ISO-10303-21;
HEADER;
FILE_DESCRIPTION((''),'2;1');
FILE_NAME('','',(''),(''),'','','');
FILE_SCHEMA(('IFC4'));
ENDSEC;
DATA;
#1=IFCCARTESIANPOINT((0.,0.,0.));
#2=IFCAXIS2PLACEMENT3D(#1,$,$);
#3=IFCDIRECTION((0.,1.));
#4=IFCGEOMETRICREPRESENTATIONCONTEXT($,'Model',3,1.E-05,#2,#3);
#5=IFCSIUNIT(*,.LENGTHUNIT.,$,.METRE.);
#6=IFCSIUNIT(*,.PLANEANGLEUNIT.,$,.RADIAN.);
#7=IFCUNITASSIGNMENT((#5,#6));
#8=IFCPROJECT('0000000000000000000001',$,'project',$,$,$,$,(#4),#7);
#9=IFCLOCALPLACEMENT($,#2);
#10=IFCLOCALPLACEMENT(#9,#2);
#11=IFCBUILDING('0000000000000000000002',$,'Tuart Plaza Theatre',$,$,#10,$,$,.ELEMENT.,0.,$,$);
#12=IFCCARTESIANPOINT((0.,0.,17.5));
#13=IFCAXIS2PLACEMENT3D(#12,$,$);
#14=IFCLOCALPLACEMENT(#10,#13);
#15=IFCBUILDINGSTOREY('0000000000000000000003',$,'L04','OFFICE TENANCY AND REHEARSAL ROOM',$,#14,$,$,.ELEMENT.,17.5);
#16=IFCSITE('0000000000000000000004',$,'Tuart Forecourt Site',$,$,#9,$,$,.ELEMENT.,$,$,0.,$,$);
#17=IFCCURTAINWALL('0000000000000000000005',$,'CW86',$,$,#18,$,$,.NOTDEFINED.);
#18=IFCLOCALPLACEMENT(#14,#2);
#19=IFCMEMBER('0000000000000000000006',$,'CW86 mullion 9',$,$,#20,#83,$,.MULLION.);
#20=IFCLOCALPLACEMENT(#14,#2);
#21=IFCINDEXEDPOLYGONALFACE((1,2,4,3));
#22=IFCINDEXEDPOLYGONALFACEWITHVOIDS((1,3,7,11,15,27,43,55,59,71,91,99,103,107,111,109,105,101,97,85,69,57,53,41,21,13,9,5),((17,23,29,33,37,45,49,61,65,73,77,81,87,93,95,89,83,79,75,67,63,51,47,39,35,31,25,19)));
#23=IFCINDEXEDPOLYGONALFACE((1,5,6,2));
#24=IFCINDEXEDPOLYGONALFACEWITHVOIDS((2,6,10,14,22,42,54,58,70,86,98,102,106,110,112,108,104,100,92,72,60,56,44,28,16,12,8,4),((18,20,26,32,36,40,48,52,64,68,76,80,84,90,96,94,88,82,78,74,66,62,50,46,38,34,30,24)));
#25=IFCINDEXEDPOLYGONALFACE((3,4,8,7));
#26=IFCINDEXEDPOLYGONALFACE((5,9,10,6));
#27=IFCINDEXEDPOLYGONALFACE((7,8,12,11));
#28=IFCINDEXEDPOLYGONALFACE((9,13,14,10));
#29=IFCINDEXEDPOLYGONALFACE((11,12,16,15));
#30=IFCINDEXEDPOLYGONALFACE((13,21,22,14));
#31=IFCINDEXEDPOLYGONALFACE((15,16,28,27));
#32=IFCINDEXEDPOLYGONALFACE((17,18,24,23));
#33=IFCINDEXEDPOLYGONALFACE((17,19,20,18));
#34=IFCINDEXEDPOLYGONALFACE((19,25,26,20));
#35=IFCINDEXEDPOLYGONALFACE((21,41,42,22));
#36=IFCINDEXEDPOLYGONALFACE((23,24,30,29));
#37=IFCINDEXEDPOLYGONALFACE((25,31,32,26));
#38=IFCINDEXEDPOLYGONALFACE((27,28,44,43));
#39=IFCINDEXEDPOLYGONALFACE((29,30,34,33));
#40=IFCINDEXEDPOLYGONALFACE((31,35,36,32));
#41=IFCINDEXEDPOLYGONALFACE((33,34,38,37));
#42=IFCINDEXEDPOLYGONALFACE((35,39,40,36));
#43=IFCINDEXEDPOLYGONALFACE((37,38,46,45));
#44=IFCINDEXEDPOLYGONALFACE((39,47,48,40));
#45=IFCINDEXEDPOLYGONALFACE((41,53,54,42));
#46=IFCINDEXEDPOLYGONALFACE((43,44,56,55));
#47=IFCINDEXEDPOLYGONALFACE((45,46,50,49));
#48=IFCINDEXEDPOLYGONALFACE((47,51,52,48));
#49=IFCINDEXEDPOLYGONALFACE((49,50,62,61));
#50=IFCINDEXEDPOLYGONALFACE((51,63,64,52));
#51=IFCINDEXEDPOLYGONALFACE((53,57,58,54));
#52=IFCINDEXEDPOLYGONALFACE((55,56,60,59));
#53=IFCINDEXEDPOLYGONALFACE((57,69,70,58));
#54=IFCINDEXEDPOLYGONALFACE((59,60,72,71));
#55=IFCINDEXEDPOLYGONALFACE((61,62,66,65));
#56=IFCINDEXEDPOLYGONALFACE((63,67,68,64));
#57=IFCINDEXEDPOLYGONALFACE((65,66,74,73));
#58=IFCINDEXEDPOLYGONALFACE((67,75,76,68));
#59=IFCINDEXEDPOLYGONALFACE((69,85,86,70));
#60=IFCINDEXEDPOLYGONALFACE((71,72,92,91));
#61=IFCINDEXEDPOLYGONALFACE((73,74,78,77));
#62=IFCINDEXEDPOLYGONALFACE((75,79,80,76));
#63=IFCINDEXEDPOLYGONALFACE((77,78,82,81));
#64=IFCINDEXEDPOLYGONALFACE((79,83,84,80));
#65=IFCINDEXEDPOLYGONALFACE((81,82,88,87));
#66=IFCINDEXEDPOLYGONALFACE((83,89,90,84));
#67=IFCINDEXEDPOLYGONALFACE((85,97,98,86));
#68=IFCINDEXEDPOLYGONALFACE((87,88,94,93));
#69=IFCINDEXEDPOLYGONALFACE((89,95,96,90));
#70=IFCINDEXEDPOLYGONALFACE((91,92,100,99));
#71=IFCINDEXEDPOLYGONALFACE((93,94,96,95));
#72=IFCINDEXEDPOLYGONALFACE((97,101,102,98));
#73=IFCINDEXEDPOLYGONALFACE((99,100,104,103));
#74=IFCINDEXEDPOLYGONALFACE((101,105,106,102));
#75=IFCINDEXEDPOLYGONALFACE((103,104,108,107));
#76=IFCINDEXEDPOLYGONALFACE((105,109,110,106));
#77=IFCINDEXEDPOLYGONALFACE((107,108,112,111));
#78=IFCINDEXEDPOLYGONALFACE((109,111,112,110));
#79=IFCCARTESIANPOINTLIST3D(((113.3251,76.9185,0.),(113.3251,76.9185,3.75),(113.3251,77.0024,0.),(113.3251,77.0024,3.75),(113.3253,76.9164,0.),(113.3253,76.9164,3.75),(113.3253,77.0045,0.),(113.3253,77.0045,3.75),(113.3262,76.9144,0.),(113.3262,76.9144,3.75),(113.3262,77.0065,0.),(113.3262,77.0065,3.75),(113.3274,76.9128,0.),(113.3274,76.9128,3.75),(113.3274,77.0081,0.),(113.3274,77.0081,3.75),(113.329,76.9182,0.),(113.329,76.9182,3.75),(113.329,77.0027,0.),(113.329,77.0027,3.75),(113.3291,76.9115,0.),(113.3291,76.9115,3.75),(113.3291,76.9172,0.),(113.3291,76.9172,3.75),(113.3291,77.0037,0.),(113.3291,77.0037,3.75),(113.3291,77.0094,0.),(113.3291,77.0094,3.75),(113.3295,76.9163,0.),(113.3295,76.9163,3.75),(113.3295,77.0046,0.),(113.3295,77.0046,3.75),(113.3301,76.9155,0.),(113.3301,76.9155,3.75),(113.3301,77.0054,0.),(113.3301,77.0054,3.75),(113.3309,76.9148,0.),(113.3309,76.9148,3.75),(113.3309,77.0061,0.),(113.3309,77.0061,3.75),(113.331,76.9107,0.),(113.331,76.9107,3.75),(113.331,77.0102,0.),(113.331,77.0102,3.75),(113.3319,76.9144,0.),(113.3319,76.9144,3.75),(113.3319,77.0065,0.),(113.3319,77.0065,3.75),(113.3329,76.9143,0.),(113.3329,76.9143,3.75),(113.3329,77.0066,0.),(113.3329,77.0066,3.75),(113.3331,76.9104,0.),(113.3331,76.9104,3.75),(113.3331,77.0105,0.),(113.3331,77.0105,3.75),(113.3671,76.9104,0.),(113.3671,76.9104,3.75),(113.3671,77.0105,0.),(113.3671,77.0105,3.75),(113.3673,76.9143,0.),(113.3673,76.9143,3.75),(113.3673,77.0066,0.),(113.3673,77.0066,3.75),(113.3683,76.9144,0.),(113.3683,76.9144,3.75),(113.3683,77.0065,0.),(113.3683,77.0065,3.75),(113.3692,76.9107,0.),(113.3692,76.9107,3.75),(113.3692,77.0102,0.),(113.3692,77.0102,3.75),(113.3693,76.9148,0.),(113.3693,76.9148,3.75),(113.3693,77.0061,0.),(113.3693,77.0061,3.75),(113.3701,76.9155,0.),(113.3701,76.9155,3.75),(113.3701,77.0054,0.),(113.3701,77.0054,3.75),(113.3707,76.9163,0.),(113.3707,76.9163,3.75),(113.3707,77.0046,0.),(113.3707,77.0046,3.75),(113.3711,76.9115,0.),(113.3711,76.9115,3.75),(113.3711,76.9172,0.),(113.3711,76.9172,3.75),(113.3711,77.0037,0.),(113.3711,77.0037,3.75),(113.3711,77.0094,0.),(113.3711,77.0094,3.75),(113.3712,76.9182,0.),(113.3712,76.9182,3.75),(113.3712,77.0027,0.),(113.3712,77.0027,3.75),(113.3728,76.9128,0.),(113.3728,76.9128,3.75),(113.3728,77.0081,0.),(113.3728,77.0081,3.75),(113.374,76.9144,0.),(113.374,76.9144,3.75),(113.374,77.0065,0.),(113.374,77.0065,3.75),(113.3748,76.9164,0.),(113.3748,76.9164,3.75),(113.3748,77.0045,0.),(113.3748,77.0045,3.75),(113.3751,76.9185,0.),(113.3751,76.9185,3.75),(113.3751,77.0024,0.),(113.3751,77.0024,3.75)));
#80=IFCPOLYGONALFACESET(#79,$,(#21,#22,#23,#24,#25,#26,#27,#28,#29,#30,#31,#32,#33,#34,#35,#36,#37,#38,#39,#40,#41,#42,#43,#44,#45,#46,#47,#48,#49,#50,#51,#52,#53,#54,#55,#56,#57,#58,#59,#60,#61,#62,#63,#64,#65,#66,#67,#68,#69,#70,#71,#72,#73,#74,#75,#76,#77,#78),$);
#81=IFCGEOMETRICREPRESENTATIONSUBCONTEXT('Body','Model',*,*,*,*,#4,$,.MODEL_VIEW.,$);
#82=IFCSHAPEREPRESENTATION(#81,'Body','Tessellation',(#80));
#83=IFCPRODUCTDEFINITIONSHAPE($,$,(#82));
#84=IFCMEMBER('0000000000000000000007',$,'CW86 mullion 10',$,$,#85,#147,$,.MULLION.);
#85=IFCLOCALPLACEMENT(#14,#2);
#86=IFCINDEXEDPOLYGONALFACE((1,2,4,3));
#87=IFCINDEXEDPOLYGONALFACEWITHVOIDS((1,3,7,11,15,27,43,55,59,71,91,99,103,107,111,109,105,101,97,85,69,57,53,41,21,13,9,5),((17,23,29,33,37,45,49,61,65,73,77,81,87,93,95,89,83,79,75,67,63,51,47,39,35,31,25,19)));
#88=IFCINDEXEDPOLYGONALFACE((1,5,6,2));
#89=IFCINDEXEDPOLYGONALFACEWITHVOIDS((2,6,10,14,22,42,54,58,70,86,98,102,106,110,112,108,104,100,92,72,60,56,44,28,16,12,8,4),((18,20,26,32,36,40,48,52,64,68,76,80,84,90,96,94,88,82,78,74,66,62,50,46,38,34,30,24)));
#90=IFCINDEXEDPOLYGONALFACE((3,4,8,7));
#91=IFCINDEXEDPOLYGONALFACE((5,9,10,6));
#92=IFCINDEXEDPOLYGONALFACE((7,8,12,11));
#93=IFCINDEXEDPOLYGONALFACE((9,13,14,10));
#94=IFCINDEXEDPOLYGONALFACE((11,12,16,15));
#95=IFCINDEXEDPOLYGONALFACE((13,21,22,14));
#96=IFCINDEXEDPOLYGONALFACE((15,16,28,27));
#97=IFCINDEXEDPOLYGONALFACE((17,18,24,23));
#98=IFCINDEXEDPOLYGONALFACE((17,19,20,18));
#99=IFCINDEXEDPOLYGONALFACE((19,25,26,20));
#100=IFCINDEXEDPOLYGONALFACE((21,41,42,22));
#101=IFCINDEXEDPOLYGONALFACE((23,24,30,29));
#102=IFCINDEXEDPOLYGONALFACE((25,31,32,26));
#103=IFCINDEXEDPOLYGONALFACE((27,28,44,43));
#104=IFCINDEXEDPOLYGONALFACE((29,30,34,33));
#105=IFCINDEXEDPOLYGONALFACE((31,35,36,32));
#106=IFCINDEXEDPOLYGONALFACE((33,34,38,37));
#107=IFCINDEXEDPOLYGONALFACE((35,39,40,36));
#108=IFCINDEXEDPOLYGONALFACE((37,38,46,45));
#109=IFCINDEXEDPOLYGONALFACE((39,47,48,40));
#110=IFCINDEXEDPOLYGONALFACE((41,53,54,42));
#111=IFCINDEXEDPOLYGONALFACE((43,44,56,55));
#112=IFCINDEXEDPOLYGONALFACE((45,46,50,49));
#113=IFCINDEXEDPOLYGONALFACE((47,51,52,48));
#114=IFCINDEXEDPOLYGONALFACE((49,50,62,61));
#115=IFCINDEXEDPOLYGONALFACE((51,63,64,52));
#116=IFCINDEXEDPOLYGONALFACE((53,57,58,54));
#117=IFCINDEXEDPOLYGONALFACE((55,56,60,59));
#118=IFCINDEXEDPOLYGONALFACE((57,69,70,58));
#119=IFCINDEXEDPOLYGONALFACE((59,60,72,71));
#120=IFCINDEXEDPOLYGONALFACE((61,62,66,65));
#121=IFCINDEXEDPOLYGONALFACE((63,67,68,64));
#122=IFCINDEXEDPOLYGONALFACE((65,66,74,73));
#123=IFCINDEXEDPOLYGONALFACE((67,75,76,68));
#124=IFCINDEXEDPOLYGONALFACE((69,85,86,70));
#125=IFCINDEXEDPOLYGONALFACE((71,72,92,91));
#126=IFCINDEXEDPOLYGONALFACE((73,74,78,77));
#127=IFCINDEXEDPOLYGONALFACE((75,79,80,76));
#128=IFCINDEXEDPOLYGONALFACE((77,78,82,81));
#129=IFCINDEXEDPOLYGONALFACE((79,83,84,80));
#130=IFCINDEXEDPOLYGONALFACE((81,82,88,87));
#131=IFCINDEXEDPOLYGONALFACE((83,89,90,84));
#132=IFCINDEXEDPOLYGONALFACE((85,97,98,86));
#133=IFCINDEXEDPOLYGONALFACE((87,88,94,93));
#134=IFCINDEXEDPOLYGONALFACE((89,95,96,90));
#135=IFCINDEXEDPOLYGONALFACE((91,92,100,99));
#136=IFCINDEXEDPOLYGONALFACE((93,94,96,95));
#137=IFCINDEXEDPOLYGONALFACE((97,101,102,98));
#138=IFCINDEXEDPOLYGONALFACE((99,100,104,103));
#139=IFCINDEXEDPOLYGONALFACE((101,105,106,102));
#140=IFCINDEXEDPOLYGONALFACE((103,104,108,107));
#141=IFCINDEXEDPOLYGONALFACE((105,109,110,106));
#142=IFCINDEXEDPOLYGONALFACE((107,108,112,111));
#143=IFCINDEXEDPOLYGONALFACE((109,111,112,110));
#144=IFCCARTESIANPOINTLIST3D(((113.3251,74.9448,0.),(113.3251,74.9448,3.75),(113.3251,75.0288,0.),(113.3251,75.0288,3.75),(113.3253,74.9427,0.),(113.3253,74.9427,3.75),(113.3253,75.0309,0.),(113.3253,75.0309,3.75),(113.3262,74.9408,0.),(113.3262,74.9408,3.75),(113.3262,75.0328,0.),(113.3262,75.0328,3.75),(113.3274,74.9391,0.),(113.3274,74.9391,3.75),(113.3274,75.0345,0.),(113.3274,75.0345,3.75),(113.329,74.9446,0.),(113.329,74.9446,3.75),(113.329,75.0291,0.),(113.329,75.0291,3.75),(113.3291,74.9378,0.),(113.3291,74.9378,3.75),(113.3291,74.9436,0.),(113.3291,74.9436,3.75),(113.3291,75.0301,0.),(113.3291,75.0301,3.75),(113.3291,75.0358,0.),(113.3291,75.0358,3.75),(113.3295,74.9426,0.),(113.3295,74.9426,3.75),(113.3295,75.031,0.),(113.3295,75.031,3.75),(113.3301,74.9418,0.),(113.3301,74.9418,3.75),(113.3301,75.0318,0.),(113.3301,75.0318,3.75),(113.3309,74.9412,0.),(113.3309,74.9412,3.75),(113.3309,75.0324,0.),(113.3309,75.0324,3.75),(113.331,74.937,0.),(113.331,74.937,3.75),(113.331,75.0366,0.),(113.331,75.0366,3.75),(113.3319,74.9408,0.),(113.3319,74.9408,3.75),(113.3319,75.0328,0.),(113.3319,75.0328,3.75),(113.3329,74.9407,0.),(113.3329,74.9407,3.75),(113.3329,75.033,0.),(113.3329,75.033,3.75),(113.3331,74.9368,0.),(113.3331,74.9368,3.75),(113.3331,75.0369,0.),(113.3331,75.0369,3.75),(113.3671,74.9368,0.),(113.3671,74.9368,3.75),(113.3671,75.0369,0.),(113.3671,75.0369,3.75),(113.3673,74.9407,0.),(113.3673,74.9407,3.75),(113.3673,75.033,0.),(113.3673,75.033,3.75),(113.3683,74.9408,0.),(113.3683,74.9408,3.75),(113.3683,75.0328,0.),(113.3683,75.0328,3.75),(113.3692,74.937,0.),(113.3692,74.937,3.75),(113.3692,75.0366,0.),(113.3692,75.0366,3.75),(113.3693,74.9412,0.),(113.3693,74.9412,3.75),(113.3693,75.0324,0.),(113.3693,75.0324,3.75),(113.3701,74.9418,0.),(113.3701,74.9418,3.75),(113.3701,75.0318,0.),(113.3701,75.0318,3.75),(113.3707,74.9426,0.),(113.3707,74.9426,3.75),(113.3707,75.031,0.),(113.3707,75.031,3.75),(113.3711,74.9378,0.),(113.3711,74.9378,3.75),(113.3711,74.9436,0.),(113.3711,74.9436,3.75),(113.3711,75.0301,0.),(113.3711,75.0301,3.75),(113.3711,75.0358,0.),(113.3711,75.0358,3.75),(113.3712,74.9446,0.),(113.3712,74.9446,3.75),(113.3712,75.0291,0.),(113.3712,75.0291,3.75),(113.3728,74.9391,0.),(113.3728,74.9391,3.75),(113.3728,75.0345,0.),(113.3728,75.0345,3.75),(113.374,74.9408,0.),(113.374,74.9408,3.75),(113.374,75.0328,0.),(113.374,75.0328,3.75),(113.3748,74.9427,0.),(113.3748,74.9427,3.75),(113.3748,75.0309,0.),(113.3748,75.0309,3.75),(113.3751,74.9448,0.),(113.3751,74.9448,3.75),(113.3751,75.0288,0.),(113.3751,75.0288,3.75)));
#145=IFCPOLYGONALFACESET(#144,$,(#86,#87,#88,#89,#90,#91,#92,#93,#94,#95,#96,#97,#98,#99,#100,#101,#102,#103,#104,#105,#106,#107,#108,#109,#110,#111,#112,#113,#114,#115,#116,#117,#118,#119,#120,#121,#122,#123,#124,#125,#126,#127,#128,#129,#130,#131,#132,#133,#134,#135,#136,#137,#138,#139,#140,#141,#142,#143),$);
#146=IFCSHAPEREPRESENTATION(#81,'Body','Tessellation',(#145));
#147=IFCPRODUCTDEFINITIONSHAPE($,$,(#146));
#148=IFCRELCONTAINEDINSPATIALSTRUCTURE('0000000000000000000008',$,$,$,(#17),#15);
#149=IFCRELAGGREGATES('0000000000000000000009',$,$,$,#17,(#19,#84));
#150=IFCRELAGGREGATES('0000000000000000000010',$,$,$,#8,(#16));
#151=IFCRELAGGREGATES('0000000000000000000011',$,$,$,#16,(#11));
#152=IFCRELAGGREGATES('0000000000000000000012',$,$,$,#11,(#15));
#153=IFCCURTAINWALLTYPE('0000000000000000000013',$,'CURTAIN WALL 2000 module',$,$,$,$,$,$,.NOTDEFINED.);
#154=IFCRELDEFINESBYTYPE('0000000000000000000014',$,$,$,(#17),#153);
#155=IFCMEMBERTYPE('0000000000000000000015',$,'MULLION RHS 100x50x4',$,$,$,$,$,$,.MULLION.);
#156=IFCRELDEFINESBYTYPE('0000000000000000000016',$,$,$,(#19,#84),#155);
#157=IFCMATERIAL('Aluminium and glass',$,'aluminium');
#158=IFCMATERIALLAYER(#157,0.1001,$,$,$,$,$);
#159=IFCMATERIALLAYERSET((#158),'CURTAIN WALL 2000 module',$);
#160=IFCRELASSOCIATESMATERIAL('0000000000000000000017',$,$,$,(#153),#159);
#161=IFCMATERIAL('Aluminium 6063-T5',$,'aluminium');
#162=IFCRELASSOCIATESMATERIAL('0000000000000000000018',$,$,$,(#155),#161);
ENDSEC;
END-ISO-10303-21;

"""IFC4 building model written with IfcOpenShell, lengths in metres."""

from ifc_helpers import new_model, si_unit, direction, frame, origin, origin_2d, place, context, subcontext, project, spatial, hollow_rectangle, extrude, material, layer, layer_set, material_profile, profile_set, type_object, element, aggregate, save


model = new_model("IFC4")

# Units and contexts
model_context = context("Model", 3, precision=1e-05, world=origin(), true_north=direction((0.0, 1.0)))
body_context = subcontext(model_context, "Body", "Model", "MODEL_VIEW")
ifc_project = project(units=[si_unit("LENGTHUNIT", "METRE"), si_unit("PLANEANGLEUNIT", "RADIAN")], contexts=[model_context])

# Site, building, storey
site_placement = place(None, origin())
site = spatial("IfcSite", under=ifc_project, at=site_placement, Name="Tuart Forecourt Site", CompositionType="ELEMENT", RefElevation=0.0)
building_placement = place(site_placement, origin())
building = spatial("IfcBuilding", under=site, at=building_placement, Name="Tuart Plaza Theatre", CompositionType="ELEMENT", ElevationOfRefHeight=0.0)
storey_placement = place(building_placement, frame((0.0, 0.0, 17.5)))
storey = spatial("IfcBuildingStorey", under=building, at=storey_placement, Name="L04", Description="OFFICE TENANCY AND REHEARSAL ROOM", CompositionType="ELEMENT", Elevation=17.5)

# Curtain wall, members
ifc_material_1 = material(Name="Aluminium and glass", Category="aluminium")
ifc_layer_1 = layer(ifc_material_1, 0.1001)
ifc_layer_set_1 = layer_set([ifc_layer_1], Name="CURTAIN WALL 2000 module")
curtain_wall_type = type_object("IfcCurtainWallType", Name="CURTAIN WALL 2000 module", PredefinedType="NOTDEFINED", material=ifc_layer_set_1)
curtain_wall_placement = place(storey_placement, origin())
curtain_wall = element("IfcCurtainWall", 1, at=curtain_wall_placement, inside=storey, type_object=curtain_wall_type, Name="CW86", PredefinedType="NOTDEFINED")
ifc_material_2 = material(Name="Aluminium 6063-T5", Category="aluminium")
ifc_material_profile_1 = material_profile(ifc_material_2, hollow_rectangle(XDim=0.05, YDim=0.1001, WallThickness=0.0039, InnerFilletRadius=0.0039, OuterFilletRadius=0.0081, at=origin_2d()), Name="RHS 100x50x4")
ifc_profile_set_1 = profile_set([ifc_material_profile_1], Name="Aluminium 6063-T5")
member_type_1 = type_object("IfcMemberType", Name="MULLION RHS 100x50x4", PredefinedType="MULLION", material=ifc_profile_set_1)
member_1_placement = place(storey_placement, frame((113.3501, 76.9604, 0.0), z_axis=(0.0, 0.0, 1.0), x_axis=(1.0, 0.0, 0.0)))
member_1 = element("IfcMember", 2, at=member_1_placement, type_object=member_type_1, Name="CW86 mullion 9", PredefinedType="MULLION", context=body_context, shape_type="SweptSolid", body=[
    extrude(hollow_rectangle(XDim=0.05, YDim=0.1001, WallThickness=0.0039, InnerFilletRadius=0.0039, OuterFilletRadius=0.0081, at=origin_2d()), origin(), (0.0, 0.0, 1.0), 3.75),
])
member_2_placement = place(storey_placement, frame((113.3501, 74.9868, 0.0), z_axis=(0.0, 0.0, 1.0), x_axis=(1.0, 0.0, 0.0)))
member_2 = element("IfcMember", 3, at=member_2_placement, type_object=member_type_1, Name="CW86 mullion 10", PredefinedType="MULLION", context=body_context, shape_type="SweptSolid", body=[
    extrude(hollow_rectangle(XDim=0.05, YDim=0.1001, WallThickness=0.0039, InnerFilletRadius=0.0039, OuterFilletRadius=0.0081, at=origin_2d()), origin(), (0.0, 0.0, 1.0), 3.75),
])
aggregate(curtain_wall, [member_1, member_2])

save(model, "model.ifc")
